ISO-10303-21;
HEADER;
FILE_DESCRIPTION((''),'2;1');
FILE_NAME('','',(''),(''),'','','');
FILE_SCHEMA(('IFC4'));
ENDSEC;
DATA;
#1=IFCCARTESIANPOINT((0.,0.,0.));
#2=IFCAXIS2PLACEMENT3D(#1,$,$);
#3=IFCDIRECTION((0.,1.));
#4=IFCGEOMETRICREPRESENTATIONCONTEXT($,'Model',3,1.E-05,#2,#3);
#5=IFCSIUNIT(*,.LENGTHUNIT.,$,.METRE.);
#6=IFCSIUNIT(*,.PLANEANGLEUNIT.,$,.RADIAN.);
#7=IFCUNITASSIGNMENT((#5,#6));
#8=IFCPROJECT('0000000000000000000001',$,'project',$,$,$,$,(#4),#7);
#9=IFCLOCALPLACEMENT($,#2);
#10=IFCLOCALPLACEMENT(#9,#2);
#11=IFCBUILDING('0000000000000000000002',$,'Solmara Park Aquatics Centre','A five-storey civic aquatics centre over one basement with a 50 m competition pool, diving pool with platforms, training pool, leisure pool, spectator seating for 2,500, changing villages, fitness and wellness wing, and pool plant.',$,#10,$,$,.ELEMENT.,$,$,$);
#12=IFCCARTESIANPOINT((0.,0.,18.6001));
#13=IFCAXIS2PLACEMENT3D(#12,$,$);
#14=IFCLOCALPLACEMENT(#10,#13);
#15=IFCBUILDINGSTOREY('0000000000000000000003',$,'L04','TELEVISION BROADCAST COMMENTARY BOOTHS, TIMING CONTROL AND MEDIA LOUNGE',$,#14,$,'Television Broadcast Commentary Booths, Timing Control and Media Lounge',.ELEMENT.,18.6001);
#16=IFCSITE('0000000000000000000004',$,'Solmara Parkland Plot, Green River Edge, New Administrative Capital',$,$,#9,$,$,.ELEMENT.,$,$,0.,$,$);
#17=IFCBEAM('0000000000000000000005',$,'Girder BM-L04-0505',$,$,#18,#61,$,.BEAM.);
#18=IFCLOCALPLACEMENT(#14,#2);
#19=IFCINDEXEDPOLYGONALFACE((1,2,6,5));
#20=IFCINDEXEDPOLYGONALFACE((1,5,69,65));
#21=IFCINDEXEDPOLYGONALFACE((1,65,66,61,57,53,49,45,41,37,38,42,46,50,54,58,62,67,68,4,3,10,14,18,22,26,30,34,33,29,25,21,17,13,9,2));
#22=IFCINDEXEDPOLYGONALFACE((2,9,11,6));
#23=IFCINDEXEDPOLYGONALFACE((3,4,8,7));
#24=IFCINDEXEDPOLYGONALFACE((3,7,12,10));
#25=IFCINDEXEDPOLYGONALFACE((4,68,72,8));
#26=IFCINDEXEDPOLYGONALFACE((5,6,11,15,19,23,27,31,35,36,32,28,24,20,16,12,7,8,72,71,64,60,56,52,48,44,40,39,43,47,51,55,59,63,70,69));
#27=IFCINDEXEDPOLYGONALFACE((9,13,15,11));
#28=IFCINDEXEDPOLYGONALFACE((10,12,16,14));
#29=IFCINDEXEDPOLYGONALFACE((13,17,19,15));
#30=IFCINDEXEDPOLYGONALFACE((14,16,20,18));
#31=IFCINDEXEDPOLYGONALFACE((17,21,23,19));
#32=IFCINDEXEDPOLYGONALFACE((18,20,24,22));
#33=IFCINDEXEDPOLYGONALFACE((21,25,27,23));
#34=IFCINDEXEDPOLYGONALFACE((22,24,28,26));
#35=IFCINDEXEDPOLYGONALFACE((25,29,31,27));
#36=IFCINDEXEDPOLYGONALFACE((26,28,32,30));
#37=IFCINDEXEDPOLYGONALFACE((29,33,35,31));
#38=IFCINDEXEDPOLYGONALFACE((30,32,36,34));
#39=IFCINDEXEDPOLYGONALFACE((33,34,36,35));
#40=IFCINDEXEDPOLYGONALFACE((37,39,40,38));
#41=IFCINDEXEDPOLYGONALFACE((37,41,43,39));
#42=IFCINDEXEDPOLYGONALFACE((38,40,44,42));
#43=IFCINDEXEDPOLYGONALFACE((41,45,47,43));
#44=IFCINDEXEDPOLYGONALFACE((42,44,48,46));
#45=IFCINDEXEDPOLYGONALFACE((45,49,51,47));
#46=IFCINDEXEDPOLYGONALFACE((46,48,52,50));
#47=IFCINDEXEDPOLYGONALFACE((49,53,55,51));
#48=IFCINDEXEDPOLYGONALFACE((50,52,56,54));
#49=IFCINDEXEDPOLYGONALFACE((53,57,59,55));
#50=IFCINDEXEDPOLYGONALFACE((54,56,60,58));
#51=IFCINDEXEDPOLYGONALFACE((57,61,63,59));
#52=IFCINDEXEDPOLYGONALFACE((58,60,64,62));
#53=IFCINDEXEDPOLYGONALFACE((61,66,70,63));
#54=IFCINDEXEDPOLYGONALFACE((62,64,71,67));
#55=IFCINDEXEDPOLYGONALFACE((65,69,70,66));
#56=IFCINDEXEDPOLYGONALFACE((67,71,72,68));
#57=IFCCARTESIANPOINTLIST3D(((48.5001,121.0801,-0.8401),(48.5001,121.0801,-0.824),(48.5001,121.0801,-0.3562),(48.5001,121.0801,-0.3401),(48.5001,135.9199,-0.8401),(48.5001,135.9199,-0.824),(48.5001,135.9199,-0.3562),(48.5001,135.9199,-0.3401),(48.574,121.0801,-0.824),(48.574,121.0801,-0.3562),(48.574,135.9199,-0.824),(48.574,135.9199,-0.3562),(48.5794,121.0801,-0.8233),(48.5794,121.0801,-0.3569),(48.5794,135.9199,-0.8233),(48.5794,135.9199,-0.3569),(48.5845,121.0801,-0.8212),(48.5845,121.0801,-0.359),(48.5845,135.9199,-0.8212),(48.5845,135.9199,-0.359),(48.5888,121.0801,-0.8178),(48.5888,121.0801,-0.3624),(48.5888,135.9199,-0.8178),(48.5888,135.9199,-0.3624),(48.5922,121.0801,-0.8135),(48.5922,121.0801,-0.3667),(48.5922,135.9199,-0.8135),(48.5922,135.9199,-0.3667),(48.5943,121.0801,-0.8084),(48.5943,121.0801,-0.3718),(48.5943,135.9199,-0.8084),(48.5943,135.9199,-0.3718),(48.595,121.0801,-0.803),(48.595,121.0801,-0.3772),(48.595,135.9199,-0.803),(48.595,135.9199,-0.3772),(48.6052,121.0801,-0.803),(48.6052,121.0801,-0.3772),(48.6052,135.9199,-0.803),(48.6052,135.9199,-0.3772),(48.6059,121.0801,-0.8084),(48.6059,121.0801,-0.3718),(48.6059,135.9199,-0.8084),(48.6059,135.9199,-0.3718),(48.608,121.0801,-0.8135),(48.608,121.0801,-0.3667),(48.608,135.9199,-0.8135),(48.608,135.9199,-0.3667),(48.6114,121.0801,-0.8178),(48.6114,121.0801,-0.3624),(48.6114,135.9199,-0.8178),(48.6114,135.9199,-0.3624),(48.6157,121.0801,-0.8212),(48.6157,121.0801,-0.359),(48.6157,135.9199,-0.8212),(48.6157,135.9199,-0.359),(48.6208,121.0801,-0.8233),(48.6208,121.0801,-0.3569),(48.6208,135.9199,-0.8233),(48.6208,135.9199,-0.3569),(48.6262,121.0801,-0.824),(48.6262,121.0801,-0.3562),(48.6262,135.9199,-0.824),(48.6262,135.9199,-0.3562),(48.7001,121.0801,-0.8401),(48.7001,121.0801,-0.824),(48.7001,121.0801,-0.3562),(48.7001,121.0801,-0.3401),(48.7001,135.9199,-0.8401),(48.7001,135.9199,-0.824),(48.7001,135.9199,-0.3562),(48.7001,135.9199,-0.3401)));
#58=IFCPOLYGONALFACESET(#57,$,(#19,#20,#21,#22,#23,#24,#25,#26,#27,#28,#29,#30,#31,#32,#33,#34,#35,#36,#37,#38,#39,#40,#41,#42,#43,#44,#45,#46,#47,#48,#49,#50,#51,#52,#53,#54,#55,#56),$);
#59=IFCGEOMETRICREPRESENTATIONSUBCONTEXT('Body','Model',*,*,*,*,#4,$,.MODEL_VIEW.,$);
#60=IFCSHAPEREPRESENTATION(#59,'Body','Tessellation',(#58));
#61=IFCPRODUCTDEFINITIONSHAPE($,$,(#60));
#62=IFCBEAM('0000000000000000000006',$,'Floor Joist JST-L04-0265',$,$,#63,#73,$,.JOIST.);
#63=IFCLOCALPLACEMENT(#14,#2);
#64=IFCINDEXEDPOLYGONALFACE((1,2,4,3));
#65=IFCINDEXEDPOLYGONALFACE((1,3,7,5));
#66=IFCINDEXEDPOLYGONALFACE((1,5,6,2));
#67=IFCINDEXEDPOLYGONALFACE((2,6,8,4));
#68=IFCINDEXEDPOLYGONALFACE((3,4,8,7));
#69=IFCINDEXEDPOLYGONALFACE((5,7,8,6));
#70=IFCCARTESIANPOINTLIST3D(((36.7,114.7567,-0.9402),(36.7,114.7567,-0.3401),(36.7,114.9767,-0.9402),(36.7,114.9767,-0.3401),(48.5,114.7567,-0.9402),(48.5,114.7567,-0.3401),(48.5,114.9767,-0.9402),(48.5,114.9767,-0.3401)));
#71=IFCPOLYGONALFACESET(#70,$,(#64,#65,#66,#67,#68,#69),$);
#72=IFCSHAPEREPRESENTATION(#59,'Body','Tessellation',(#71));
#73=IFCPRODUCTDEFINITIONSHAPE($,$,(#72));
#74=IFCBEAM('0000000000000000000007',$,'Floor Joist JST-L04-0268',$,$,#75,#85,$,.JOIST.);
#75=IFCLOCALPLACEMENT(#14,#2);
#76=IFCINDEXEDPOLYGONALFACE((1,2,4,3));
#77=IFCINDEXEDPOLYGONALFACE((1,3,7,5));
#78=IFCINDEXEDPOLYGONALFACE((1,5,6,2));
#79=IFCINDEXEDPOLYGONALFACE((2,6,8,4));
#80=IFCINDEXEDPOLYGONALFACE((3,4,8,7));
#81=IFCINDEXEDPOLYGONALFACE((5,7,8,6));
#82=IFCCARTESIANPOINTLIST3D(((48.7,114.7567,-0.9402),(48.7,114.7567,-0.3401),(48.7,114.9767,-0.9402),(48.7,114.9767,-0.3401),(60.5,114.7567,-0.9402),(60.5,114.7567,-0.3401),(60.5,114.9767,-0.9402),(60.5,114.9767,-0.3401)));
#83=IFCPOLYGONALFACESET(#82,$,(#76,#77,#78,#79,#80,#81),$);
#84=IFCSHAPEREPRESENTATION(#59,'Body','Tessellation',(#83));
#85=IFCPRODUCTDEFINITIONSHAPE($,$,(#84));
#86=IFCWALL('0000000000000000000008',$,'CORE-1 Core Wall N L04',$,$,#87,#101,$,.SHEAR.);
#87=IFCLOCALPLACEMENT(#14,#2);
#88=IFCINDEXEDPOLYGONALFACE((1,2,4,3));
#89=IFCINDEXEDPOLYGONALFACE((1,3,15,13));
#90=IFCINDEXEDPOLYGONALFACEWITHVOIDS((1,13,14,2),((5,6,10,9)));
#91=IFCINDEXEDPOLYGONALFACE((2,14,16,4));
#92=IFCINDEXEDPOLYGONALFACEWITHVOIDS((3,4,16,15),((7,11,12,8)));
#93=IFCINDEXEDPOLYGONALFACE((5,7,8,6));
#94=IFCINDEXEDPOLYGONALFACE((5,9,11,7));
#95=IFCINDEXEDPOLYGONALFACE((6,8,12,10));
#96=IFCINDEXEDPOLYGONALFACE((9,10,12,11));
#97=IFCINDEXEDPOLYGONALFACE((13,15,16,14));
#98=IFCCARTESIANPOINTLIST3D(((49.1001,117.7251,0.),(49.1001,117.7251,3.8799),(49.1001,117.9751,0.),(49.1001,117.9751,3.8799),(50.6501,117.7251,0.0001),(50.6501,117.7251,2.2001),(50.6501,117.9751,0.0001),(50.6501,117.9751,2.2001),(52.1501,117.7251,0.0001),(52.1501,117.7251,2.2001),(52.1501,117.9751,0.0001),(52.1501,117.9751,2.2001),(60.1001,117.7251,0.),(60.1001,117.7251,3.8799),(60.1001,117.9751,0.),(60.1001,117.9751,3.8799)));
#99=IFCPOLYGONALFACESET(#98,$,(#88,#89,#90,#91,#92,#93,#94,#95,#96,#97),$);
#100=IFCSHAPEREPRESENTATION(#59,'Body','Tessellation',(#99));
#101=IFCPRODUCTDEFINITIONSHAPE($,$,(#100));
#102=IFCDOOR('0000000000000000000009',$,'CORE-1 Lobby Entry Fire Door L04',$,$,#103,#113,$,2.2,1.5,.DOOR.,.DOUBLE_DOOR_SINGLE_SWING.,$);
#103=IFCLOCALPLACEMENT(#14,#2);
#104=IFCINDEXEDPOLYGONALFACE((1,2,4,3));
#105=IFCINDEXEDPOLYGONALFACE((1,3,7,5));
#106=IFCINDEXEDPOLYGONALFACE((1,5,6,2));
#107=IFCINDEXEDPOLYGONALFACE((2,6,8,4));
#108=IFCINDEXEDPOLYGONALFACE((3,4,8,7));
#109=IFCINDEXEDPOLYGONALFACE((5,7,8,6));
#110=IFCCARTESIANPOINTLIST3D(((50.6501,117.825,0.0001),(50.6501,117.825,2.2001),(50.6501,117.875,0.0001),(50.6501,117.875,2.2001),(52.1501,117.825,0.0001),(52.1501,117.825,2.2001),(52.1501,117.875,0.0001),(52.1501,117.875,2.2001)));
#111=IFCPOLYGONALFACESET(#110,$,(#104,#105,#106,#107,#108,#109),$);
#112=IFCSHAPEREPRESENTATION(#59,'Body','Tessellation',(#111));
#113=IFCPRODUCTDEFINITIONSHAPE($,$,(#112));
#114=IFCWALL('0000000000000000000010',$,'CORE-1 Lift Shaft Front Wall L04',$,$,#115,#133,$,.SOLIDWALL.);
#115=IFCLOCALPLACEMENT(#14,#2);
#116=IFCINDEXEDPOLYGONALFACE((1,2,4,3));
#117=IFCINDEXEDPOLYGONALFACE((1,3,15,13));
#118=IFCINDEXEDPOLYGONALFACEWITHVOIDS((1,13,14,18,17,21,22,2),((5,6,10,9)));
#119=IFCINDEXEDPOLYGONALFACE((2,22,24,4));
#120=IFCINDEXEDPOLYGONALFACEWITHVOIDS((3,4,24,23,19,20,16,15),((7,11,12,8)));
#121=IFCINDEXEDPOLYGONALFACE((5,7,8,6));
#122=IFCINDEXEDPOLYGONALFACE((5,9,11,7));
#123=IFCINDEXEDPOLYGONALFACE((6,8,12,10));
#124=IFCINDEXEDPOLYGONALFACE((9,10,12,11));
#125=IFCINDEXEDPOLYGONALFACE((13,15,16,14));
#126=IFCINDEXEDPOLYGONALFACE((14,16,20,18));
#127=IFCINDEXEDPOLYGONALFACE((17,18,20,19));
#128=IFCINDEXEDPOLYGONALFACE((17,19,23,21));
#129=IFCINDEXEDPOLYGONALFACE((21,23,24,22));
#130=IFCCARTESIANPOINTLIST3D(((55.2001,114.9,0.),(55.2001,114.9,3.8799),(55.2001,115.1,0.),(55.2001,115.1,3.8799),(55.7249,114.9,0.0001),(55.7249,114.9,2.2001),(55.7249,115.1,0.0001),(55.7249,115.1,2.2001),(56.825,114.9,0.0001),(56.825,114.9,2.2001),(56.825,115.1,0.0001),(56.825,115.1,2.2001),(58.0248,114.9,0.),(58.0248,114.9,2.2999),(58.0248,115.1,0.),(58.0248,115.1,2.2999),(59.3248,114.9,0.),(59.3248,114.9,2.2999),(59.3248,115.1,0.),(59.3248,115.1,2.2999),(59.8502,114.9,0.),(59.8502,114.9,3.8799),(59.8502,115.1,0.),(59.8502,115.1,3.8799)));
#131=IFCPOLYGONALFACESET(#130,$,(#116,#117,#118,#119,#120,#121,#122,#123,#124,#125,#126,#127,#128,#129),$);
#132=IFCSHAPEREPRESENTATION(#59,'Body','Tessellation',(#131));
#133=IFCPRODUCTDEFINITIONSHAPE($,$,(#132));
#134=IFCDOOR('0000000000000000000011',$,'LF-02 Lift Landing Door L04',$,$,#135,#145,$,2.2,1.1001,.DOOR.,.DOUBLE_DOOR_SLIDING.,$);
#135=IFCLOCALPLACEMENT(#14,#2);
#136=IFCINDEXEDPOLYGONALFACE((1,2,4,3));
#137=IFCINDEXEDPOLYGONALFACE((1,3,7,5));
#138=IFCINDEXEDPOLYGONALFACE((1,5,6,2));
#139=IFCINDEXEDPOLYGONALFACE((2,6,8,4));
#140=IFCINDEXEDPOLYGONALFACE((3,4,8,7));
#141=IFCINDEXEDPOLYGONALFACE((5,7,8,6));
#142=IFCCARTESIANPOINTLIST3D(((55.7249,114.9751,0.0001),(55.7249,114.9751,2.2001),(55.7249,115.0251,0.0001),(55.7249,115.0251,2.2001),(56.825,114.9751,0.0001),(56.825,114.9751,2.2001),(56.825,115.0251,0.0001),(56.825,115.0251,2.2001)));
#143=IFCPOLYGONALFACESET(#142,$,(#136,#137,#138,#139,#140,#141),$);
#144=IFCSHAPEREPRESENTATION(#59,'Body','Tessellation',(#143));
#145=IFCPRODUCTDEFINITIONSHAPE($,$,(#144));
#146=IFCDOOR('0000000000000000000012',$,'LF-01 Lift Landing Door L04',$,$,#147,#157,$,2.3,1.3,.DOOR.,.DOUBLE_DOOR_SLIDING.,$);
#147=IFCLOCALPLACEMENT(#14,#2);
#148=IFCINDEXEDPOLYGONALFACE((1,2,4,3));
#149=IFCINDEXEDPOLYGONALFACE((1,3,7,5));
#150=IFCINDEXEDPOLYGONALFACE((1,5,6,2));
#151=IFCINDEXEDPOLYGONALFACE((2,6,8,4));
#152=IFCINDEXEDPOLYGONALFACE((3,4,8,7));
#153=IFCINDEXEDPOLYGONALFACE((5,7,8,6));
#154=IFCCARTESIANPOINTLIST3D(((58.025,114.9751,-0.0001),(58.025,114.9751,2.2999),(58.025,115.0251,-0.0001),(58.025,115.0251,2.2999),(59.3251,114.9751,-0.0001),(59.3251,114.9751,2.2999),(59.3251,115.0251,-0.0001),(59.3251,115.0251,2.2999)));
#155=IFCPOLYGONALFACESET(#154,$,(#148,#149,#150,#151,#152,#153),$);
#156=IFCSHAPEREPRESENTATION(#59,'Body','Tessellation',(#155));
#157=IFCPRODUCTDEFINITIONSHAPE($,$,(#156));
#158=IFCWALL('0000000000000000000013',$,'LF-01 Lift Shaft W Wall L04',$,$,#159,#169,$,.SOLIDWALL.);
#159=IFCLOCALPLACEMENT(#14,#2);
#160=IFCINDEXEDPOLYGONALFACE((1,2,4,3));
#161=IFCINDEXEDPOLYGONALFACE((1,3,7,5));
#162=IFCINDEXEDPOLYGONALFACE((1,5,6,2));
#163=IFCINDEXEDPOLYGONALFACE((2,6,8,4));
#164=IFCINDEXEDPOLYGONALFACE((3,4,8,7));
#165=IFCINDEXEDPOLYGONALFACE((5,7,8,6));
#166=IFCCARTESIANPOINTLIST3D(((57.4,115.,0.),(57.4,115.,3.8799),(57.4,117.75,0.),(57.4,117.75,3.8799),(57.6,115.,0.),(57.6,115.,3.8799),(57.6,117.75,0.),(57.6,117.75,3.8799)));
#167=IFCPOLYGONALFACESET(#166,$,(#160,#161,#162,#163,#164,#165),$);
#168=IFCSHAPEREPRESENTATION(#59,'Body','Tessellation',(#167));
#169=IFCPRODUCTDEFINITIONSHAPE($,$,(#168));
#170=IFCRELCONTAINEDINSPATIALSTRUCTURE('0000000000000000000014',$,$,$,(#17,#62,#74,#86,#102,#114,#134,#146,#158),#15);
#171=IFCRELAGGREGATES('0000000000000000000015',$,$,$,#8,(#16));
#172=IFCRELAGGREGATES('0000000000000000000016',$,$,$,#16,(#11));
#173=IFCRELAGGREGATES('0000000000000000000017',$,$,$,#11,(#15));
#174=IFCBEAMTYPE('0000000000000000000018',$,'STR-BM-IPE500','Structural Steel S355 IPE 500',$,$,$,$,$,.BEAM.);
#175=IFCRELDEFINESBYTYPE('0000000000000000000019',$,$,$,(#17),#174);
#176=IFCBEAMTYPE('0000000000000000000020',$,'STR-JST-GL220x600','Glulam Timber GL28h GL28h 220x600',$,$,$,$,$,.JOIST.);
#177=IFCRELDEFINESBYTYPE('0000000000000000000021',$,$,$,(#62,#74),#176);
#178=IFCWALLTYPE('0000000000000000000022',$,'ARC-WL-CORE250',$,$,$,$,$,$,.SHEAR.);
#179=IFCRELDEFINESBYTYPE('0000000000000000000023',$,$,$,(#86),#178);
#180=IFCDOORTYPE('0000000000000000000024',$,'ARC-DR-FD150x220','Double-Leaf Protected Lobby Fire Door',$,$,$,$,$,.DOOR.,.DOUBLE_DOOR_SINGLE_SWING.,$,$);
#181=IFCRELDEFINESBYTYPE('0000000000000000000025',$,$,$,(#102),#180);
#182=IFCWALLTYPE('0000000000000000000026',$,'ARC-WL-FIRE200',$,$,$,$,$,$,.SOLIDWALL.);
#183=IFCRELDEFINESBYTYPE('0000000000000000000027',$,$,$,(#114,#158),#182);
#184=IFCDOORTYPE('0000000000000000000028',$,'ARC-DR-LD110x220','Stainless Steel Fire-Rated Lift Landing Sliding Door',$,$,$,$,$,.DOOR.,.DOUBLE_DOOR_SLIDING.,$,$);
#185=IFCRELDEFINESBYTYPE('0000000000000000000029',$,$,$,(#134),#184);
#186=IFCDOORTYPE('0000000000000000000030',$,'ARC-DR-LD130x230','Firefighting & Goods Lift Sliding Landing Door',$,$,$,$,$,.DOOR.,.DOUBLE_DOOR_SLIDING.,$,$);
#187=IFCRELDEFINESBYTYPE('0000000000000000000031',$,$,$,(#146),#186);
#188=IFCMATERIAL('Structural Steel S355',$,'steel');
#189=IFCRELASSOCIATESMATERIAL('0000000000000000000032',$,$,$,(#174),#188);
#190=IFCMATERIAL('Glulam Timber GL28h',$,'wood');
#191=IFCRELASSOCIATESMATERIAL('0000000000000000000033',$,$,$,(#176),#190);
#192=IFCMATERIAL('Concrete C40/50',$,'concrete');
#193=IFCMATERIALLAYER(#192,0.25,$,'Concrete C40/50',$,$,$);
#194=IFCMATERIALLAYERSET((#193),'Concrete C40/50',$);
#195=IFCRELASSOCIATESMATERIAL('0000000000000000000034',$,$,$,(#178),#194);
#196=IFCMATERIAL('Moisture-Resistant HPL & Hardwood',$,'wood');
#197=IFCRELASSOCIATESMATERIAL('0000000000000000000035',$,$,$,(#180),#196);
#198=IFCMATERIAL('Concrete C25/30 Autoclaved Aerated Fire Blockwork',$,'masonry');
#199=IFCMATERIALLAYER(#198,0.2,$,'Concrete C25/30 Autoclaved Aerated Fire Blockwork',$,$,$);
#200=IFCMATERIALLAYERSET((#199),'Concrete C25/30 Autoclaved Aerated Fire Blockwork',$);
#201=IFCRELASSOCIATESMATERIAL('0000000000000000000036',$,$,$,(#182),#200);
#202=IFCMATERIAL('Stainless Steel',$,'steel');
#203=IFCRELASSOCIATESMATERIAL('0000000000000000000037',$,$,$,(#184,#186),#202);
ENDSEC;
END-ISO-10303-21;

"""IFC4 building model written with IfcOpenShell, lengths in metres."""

from ifc_helpers import new_model, si_unit, direction, frame, frame_2d, origin, origin_2d, place, context, subcontext, project, spatial, rectangle, i_section, extrude, material, layer, layer_set, material_profile, profile_set, type_object, element, fill, save


model = new_model("IFC4")

# Units and contexts
model_context = context("Model", 3, precision=1e-05, world=origin(), true_north=direction((0.0, 1.0)))
body_context = subcontext(model_context, "Body", "Model", "MODEL_VIEW")
ifc_project = project(units=[si_unit("LENGTHUNIT", "METRE"), si_unit("PLANEANGLEUNIT", "RADIAN")], contexts=[model_context])

# Site, building, storey
site_placement = place(None, origin())
site = spatial("IfcSite", under=ifc_project, at=site_placement, Name="Solmara Parkland Plot, Green River Edge, New Administrative Capital", CompositionType="ELEMENT", RefElevation=0.0)
building_placement = place(site_placement, origin())
building = spatial("IfcBuilding", under=site, at=building_placement, Name="Solmara Park Aquatics Centre", Description="A five-storey civic aquatics centre over one basement with a 50 m competition pool, diving pool with platforms, training pool, leisure pool, spectator seating for 2,500, changing villages, fitness and wellness wing, and pool plant.", CompositionType="ELEMENT")
storey_placement = place(building_placement, frame((0.0, 0.0, 18.6001)))
storey = spatial("IfcBuildingStorey", under=building, at=storey_placement, Name="L04", Description="TELEVISION BROADCAST COMMENTARY BOOTHS, TIMING CONTROL AND MEDIA LOUNGE", LongName="Television Broadcast Commentary Booths, Timing Control and Media Lounge", CompositionType="ELEMENT", Elevation=18.6001)

# Shared definitions
ifc_material_1 = material(Name="Concrete C40/50", Category="concrete")

# Beams
ifc_material_2 = material(Name="Structural Steel S355", Category="steel")
ifc_material_profile_1 = material_profile(ifc_material_2, i_section(OverallWidth=0.2, OverallDepth=0.5, WebThickness=0.0103, FlangeThickness=0.0161, FilletRadius=0.021, at=origin_2d()), Name="IPE 500")
ifc_profile_set_1 = profile_set([ifc_material_profile_1], Name="Structural Steel S355")
beam_type_1 = type_object("IfcBeamType", Name="STR-BM-IPE500", Description="Structural Steel S355 IPE 500", PredefinedType="BEAM", material=ifc_profile_set_1)
for number, where, z_axis, x_axis, name in (
    (1, (48.6001, 121.0801, -0.5901), (0.0, 1.0, 0.0), (-1.0, 0.0, 0.0), "Girder BM-L04-0505"),
):
    element("IfcBeam", number, at=place(storey_placement, frame(where, z_axis=z_axis, x_axis=x_axis)), inside=storey, type_object=beam_type_1, Name=name, PredefinedType="BEAM", context=body_context, shape_type="SweptSolid", body=[
        extrude(i_section(OverallWidth=0.2, OverallDepth=0.5, WebThickness=0.0103, FlangeThickness=0.0161, FilletRadius=0.021, at=origin_2d()), origin(), (0.0, 0.0, 1.0), 14.8398),
    ])
ifc_material_3 = material(Name="Glulam Timber GL28h", Category="wood")
ifc_material_profile_2 = material_profile(ifc_material_3, rectangle(XDim=0.22, YDim=0.6001, at=origin_2d()), Name="GL28h 220x600")
ifc_profile_set_2 = profile_set([ifc_material_profile_2], Name="Glulam Timber GL28h")
beam_type_2 = type_object("IfcBeamType", Name="STR-JST-GL220x600", Description="Glulam Timber GL28h GL28h 220x600", PredefinedType="JOIST", material=ifc_profile_set_2)
for number, where, z_axis, x_axis, name in (
    (2, (36.7, 114.8667, -0.6401), (1.0, 0.0, 0.0), (0.0, 1.0, 0.0), "Floor Joist JST-L04-0265"),
    (3, (48.7, 114.8667, -0.6401), (1.0, 0.0, 0.0), (0.0, 1.0, 0.0), "Floor Joist JST-L04-0268"),
):
    element("IfcBeam", number, at=place(storey_placement, frame(where, z_axis=z_axis, x_axis=x_axis)), inside=storey, type_object=beam_type_2, Name=name, PredefinedType="JOIST", context=body_context, shape_type="SweptSolid", body=[
        extrude(rectangle(XDim=0.22, YDim=0.6001, at=origin_2d()), origin(), (0.0, 0.0, 1.0), 11.8),
    ])

# Wall, opening, door
ifc_layer_1 = layer(ifc_material_1, 0.25, Name="Concrete C40/50")
ifc_layer_set_1 = layer_set([ifc_layer_1], Name="Concrete C40/50")
wall_type_1 = type_object("IfcWallType", Name="ARC-WL-CORE250", PredefinedType="SHEAR", material=ifc_layer_set_1)
wall_1_placement = place(storey_placement, frame((49.1001, 117.8501, 0.0), z_axis=(0.0, 0.0, 1.0), x_axis=(1.0, 0.0, 0.0)))
wall_1 = element("IfcWall", 4, at=wall_1_placement, inside=storey, type_object=wall_type_1, Name="CORE-1 Core Wall N L04", PredefinedType="SHEAR", context=body_context, shape_type="SweptSolid", body=[
    extrude(rectangle(XDim=11.0, YDim=0.25, at=frame_2d((5.5, 0.0))), origin(), (0.0, 0.0, 1.0), 3.8799),
])
opening_1_placement = place(wall_1_placement, frame((1.55, 0.0, 0.0)))
opening_1 = element("IfcOpeningElement", 5, at=opening_1_placement, cuts=wall_1, PredefinedType="OPENING", context=body_context, shape_type="SweptSolid", body=[
    extrude(rectangle(XDim=1.5, YDim=2.2, at=frame_2d((0.75, 1.1001))), frame((0.0, 0.135, 0.0), z_axis=(0.0, -1.0, 0.0), x_axis=(1.0, 0.0, 0.0)), (0.0, 0.0, 1.0), 0.27),
])
ifc_material_4 = material(Name="Moisture-Resistant HPL & Hardwood", Category="wood")
door_type_1 = type_object("IfcDoorType", Name="ARC-DR-FD150x220", Description="Double-Leaf Protected Lobby Fire Door", OperationType="DOUBLE_DOOR_SINGLE_SWING", PredefinedType="DOOR", material=ifc_material_4)
door_1_placement = place(opening_1_placement, origin())
door_1 = element("IfcDoor", 6, at=door_1_placement, inside=storey, type_object=door_type_1, Name="CORE-1 Lobby Entry Fire Door L04", OperationType="DOUBLE_DOOR_SINGLE_SWING", OverallHeight=2.2, OverallWidth=1.5, PredefinedType="DOOR", context=body_context, shape_type="SweptSolid", body=[
    extrude(rectangle(XDim=1.5, YDim=2.2, at=frame_2d((0.75, 1.1001))), frame((0.0, 0.0249, 0.0), z_axis=(0.0, -1.0, 0.0), x_axis=(1.0, 0.0, 0.0)), (0.0, 0.0, 1.0), 0.05),
])
fill(opening_1, door_1)

# Wall, openings, doors
ifc_material_5 = material(Name="Concrete C25/30 Autoclaved Aerated Fire Blockwork", Category="masonry")
ifc_layer_2 = layer(ifc_material_5, 0.2, Name="Concrete C25/30 Autoclaved Aerated Fire Blockwork")
ifc_layer_set_2 = layer_set([ifc_layer_2], Name="Concrete C25/30 Autoclaved Aerated Fire Blockwork")
wall_type_2 = type_object("IfcWallType", Name="ARC-WL-FIRE200", PredefinedType="SOLIDWALL", material=ifc_layer_set_2)
wall_2_placement = place(storey_placement, frame((55.2, 115.0, 0.0), z_axis=(0.0, 0.0, 1.0), x_axis=(1.0, 0.0, 0.0)))
wall_2 = element("IfcWall", 7, at=wall_2_placement, inside=storey, type_object=wall_type_2, Name="CORE-1 Lift Shaft Front Wall L04", PredefinedType="SOLIDWALL", context=body_context, shape_type="SweptSolid", body=[
    extrude(rectangle(XDim=4.6501, YDim=0.2, at=frame_2d((2.3252, 0.0))), origin(), (0.0, 0.0, 1.0), 3.8799),
])
opening_2_placement = place(wall_2_placement, frame((2.825, 0.0, 0.0)))
opening_2 = element("IfcOpeningElement", 8, at=opening_2_placement, cuts=wall_2, PredefinedType="OPENING", context=body_context, shape_type="SweptSolid", body=[
    extrude(rectangle(XDim=1.3, YDim=2.3, at=frame_2d((0.6499, 1.1499))), frame((0.0, 0.1099, 0.0), z_axis=(0.0, -1.0, 0.0), x_axis=(1.0, 0.0, 0.0)), (0.0, 0.0, 1.0), 0.22),
])
opening_3_placement = place(wall_2_placement, frame((0.5249, 0.0, 0.0)))
opening_3 = element("IfcOpeningElement", 9, at=opening_3_placement, cuts=wall_2, PredefinedType="OPENING", context=body_context, shape_type="SweptSolid", body=[
    extrude(rectangle(XDim=1.1001, YDim=2.2, at=frame_2d((0.55, 1.1001))), frame((0.0, 0.1099, 0.0), z_axis=(0.0, -1.0, 0.0), x_axis=(1.0, 0.0, 0.0)), (0.0, 0.0, 1.0), 0.22),
])
ifc_material_6 = material(Name="Stainless Steel", Category="steel")
door_type_2 = type_object("IfcDoorType", Name="ARC-DR-LD110x220", Description="Stainless Steel Fire-Rated Lift Landing Sliding Door", OperationType="DOUBLE_DOOR_SLIDING", PredefinedType="DOOR", material=ifc_material_6)
door_2_placement = place(opening_3_placement, frame((1.1001, 0.0, 0.0), z_axis=(0.0, 0.0, 1.0), x_axis=(-1.0, 0.0, 0.0)))
door_2 = element("IfcDoor", 10, at=door_2_placement, inside=storey, type_object=door_type_2, Name="LF-02 Lift Landing Door L04", OperationType="DOUBLE_DOOR_SLIDING", OverallHeight=2.2, OverallWidth=1.1001, PredefinedType="DOOR", context=body_context, shape_type="SweptSolid", body=[
    extrude(rectangle(XDim=1.1001, YDim=2.2, at=frame_2d((0.55, 1.1001))), frame((0.0, 0.0249, 0.0), z_axis=(0.0, -1.0, 0.0), x_axis=(1.0, 0.0, 0.0)), (0.0, 0.0, 1.0), 0.05),
])
fill(opening_3, door_2)
door_type_3 = type_object("IfcDoorType", Name="ARC-DR-LD130x230", Description="Firefighting & Goods Lift Sliding Landing Door", OperationType="DOUBLE_DOOR_SLIDING", PredefinedType="DOOR", material=ifc_material_6)
door_3_placement = place(opening_2_placement, frame((1.3, 0.0, 0.0), z_axis=(0.0, 0.0, 1.0), x_axis=(-1.0, 0.0, 0.0)))
door_3 = element("IfcDoor", 11, at=door_3_placement, inside=storey, type_object=door_type_3, Name="LF-01 Lift Landing Door L04", OperationType="DOUBLE_DOOR_SLIDING", OverallHeight=2.3, OverallWidth=1.3, PredefinedType="DOOR", context=body_context, shape_type="SweptSolid", body=[
    extrude(rectangle(XDim=1.3, YDim=2.3, at=frame_2d((0.6499, 1.1499))), frame((0.0, 0.0249, 0.0), z_axis=(0.0, -1.0, 0.0), x_axis=(1.0, 0.0, 0.0)), (0.0, 0.0, 1.0), 0.05),
])
fill(opening_2, door_3)

# Wall
for number, where, z_axis, x_axis, name in (
    (12, (57.5, 115.0, 0.0), (0.0, 0.0, 1.0), (0.0, 1.0, 0.0), "LF-01 Lift Shaft W Wall L04"),
):
    element("IfcWall", number, at=place(storey_placement, frame(where, z_axis=z_axis, x_axis=x_axis)), inside=storey, type_object=wall_type_2, Name=name, PredefinedType="SOLIDWALL", context=body_context, shape_type="SweptSolid", body=[
        extrude(rectangle(XDim=2.75, YDim=0.2, at=frame_2d((1.375, 0.0))), origin(), (0.0, 0.0, 1.0), 3.8799),
    ])

save(model, "model.ifc")
